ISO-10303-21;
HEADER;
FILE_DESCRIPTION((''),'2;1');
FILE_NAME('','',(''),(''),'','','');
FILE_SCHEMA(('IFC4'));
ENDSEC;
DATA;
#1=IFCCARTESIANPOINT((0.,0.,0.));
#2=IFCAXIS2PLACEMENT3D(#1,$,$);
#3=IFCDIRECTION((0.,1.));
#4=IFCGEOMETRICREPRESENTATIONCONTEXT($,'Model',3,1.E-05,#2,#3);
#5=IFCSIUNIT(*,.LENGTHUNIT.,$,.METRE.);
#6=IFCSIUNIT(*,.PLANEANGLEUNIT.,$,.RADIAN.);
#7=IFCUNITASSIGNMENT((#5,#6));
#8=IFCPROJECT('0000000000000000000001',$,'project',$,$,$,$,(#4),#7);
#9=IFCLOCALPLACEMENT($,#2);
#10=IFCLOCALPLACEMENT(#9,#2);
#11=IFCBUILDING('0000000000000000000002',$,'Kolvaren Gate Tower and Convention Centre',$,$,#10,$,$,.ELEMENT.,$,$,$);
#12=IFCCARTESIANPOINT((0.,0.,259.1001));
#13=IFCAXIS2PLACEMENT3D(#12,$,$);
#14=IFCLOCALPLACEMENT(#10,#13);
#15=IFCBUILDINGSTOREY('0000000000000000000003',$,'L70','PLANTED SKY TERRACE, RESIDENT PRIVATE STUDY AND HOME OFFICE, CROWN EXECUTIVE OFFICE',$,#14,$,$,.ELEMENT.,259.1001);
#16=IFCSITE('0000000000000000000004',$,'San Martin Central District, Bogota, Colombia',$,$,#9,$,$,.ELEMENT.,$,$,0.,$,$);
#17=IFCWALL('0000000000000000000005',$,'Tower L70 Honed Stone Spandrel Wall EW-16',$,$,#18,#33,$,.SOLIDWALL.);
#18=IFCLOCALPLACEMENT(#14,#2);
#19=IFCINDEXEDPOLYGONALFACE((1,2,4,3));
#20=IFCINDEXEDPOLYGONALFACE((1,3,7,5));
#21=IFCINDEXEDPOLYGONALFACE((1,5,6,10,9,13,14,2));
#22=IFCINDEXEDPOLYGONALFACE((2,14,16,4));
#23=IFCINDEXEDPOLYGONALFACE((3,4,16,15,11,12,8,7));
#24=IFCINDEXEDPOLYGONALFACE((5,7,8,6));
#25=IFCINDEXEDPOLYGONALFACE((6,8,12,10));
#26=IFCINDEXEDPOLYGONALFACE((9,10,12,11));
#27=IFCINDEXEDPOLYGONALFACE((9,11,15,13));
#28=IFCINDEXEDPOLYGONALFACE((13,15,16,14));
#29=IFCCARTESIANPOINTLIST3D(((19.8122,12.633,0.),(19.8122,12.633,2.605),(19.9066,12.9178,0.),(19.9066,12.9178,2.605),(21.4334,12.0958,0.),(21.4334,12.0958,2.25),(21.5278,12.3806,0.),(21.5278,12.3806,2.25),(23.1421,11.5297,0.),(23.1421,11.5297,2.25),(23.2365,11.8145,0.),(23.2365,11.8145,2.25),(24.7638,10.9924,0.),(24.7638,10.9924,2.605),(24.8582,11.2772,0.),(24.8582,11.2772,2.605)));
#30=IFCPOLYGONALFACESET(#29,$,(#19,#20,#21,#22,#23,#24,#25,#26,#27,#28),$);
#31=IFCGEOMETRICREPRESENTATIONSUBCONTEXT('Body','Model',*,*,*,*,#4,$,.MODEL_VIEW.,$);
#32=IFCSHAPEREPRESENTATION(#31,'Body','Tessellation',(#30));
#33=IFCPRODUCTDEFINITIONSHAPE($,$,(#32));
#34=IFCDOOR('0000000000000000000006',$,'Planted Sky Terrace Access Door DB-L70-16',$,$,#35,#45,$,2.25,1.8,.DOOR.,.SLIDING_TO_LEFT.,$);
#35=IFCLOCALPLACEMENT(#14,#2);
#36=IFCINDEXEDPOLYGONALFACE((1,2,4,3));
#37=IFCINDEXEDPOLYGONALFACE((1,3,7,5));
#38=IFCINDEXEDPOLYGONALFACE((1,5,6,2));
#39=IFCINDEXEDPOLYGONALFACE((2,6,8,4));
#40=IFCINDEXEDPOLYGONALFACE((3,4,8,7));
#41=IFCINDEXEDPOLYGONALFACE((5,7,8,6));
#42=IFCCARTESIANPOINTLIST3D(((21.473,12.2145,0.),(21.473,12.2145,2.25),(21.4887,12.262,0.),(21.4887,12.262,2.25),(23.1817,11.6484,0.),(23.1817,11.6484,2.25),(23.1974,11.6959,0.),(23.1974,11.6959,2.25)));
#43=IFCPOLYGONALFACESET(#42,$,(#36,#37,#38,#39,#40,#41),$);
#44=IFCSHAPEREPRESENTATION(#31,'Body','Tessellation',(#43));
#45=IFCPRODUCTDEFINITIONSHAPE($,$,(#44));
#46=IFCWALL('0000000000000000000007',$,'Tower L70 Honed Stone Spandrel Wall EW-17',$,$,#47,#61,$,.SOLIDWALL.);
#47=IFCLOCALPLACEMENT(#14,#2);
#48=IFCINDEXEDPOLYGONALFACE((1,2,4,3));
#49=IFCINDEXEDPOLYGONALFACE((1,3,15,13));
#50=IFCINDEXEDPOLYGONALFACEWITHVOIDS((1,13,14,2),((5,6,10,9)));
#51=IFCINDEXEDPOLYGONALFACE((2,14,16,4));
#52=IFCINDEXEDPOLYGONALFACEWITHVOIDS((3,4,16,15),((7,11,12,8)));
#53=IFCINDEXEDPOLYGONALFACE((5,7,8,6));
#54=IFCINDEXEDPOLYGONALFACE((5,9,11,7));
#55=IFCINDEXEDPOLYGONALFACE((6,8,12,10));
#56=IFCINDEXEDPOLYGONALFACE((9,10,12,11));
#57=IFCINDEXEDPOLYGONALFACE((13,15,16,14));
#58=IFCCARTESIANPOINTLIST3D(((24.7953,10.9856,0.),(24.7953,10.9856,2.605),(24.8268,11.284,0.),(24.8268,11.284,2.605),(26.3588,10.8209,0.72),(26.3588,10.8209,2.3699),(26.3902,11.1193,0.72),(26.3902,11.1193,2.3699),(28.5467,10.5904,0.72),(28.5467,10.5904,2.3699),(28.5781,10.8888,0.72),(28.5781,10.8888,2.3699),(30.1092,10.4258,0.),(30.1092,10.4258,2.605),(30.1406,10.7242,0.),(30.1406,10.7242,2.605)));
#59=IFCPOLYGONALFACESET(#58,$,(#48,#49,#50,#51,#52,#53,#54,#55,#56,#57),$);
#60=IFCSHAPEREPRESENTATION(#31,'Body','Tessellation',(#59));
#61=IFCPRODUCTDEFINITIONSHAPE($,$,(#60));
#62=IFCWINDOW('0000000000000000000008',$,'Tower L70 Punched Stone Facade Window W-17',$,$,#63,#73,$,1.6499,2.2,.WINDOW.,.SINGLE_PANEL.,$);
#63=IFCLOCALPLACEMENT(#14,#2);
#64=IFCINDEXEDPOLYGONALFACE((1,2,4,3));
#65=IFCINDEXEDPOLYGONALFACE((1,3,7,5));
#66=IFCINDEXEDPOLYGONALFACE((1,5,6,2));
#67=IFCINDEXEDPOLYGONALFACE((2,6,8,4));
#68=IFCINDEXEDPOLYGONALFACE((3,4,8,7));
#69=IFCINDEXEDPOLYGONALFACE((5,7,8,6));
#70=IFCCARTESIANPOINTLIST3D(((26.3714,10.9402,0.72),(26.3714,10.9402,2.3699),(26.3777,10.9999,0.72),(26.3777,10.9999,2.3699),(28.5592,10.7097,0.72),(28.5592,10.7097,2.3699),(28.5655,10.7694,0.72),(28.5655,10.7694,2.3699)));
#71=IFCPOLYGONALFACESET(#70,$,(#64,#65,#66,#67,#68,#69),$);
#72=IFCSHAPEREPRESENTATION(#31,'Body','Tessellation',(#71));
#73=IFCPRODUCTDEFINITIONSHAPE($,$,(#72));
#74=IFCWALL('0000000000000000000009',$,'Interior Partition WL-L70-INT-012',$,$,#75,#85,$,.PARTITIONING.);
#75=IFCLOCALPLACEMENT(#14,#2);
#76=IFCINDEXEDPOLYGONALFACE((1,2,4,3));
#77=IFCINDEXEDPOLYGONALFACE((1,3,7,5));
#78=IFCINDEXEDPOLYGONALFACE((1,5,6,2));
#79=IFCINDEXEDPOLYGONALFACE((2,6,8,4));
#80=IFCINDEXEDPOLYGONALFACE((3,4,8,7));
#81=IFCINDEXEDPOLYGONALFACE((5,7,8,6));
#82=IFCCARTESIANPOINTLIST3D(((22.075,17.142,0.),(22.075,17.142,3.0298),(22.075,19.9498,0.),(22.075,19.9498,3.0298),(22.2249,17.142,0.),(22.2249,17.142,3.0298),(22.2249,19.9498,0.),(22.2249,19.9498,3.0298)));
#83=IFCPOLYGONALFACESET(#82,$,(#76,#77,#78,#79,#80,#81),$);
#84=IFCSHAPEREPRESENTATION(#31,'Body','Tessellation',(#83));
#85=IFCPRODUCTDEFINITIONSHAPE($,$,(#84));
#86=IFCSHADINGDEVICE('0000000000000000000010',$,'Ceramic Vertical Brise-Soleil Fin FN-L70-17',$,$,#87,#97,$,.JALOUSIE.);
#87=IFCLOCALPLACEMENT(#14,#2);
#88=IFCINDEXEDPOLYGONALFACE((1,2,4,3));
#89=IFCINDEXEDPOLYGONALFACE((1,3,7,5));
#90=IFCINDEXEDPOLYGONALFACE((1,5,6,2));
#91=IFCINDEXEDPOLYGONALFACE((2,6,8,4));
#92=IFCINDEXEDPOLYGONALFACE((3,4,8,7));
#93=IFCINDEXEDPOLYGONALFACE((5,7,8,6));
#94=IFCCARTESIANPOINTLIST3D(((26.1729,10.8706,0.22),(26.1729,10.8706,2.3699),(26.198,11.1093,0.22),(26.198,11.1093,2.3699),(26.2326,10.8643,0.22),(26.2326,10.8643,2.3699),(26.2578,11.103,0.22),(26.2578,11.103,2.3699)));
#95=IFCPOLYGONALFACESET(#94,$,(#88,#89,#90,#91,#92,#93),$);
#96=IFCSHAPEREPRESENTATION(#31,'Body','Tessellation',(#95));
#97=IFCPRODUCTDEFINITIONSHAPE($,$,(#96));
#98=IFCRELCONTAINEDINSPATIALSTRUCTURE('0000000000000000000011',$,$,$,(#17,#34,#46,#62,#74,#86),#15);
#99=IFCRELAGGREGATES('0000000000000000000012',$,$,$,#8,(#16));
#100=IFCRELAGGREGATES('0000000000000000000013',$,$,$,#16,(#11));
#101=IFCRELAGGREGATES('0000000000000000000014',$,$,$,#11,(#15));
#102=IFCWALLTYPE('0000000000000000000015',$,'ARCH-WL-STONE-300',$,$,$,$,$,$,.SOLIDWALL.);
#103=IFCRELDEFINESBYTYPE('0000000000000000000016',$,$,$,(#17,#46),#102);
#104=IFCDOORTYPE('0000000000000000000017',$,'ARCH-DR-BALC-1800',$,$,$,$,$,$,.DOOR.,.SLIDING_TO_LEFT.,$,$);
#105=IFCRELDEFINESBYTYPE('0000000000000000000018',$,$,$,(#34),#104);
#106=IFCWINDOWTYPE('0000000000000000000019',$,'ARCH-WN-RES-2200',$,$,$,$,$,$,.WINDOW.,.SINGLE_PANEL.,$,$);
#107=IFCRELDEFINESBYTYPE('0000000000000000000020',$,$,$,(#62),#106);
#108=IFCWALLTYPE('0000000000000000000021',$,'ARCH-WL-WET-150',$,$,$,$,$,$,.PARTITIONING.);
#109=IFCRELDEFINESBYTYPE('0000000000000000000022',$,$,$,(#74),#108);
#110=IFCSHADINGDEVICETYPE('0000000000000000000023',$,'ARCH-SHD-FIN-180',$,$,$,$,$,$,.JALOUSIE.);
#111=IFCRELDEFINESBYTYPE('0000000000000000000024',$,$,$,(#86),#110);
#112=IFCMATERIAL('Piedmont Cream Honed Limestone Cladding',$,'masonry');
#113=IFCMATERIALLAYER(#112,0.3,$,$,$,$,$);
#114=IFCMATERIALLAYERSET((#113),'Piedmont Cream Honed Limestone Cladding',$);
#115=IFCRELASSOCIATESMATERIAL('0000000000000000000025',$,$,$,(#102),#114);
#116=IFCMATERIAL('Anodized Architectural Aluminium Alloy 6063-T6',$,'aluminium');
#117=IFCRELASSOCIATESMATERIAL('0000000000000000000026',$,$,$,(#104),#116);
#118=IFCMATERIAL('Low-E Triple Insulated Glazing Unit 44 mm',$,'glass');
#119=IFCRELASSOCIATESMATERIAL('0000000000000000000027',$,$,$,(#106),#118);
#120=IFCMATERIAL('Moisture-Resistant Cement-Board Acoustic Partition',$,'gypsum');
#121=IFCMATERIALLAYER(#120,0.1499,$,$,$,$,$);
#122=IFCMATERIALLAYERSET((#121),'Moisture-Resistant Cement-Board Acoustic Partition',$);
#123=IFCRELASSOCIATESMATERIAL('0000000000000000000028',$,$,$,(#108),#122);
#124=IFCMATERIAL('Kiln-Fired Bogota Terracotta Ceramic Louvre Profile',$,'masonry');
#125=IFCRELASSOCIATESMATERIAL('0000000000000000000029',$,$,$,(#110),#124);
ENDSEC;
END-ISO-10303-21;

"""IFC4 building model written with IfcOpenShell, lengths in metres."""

from ifc_helpers import new_model, si_unit, direction, frame, frame_2d, origin, origin_2d, place, context, subcontext, project, spatial, rectangle, extrude, material, layer, layer_set, type_object, element, fill, save


model = new_model("IFC4")

# Units and contexts
model_context = context("Model", 3, precision=1e-05, world=origin(), true_north=direction((0.0, 1.0)))
body_context = subcontext(model_context, "Body", "Model", "MODEL_VIEW")
ifc_project = project(units=[si_unit("LENGTHUNIT", "METRE"), si_unit("PLANEANGLEUNIT", "RADIAN")], contexts=[model_context])

# Site, building, storey
site_placement = place(None, origin())
site = spatial("IfcSite", under=ifc_project, at=site_placement, Name="San Martin Central District, Bogota, Colombia", CompositionType="ELEMENT", RefElevation=0.0)
building_placement = place(site_placement, origin())
building = spatial("IfcBuilding", under=site, at=building_placement, Name="Kolvaren Gate Tower and Convention Centre", CompositionType="ELEMENT")
storey_placement = place(building_placement, frame((0.0, 0.0, 259.1001)))
storey = spatial("IfcBuildingStorey", under=building, at=storey_placement, Name="L70", Description="PLANTED SKY TERRACE, RESIDENT PRIVATE STUDY AND HOME OFFICE, CROWN EXECUTIVE OFFICE", CompositionType="ELEMENT", Elevation=259.1001)

# Shared definitions
ifc_material_1 = material(Name="Piedmont Cream Honed Limestone Cladding", Category="masonry")

# Wall, opening, door
ifc_layer_1 = layer(ifc_material_1, 0.3)
ifc_layer_set_1 = layer_set([ifc_layer_1], Name="Piedmont Cream Honed Limestone Cladding")
wall_type_1 = type_object("IfcWallType", Name="ARCH-WL-STONE-300", PredefinedType="SOLIDWALL", material=ifc_layer_set_1)
wall_1_placement = place(storey_placement, frame((19.8594, 12.7754, 0.0), z_axis=(0.0, 0.0, 1.0), x_axis=(0.949253, -0.314514, 0.0)))
wall_1 = element("IfcWall", 1, at=wall_1_placement, inside=storey, type_object=wall_type_1, Name="Tower L70 Honed Stone Spandrel Wall EW-16", PredefinedType="SOLIDWALL", context=body_context, shape_type="SweptSolid", body=[
    extrude(rectangle(XDim=5.2163, YDim=0.3, at=frame_2d((2.6082, 0.0))), origin(), (0.0, 0.0, 1.0), 2.605),
])
opening_1_placement = place(wall_1_placement, frame((1.708, 0.0, 0.0)))
opening_1 = element("IfcOpeningElement", 2, at=opening_1_placement, cuts=wall_1, PredefinedType="OPENING", context=body_context, shape_type="SweptSolid", body=[
    extrude(rectangle(XDim=1.8, YDim=2.25, at=frame_2d((0.8999, 1.125))), frame((0.0, 0.1599, 0.0), z_axis=(0.0, -1.0, 0.0), x_axis=(1.0, 0.0, 0.0)), (0.0, 0.0, 1.0), 0.3201),
])
ifc_material_2 = material(Name="Anodized Architectural Aluminium Alloy 6063-T6", Category="aluminium")
door_type_1 = type_object("IfcDoorType", Name="ARCH-DR-BALC-1800", OperationType="SLIDING_TO_LEFT", PredefinedType="DOOR", material=ifc_material_2)
door_1_placement = place(opening_1_placement, frame((1.8, 0.0, 0.0), z_axis=(0.0, 0.0, 1.0), x_axis=(-1.0, 0.0, 0.0)))
door_1 = element("IfcDoor", 3, at=door_1_placement, inside=storey, type_object=door_type_1, Name="Planted Sky Terrace Access Door DB-L70-16", OperationType="SLIDING_TO_LEFT", OverallHeight=2.25, OverallWidth=1.8, PredefinedType="DOOR", context=body_context, shape_type="SweptSolid", body=[
    extrude(rectangle(XDim=1.8, YDim=2.25, at=frame_2d((0.8999, 1.125))), frame((0.0, 0.0249, 0.0), z_axis=(0.0, -1.0, 0.0), x_axis=(1.0, 0.0, 0.0)), (0.0, 0.0, 1.0), 0.05),
])
fill(opening_1, door_1)

# Wall, opening, window
wall_2_placement = place(storey_placement, frame((24.811, 11.1348, 0.0), z_axis=(0.0, 0.0, 1.0), x_axis=(0.994497, -0.104768, 0.0)))
wall_2 = element("IfcWall", 4, at=wall_2_placement, inside=storey, type_object=wall_type_1, Name="Tower L70 Honed Stone Spandrel Wall EW-17", PredefinedType="SOLIDWALL", context=body_context, shape_type="SweptSolid", body=[
    extrude(rectangle(XDim=5.3433, YDim=0.3, at=frame_2d((2.6716, 0.0))), origin(), (0.0, 0.0, 1.0), 2.605),
])
opening_2_placement = place(wall_2_placement, frame((1.572, 0.0, 0.72)))
opening_2 = element("IfcOpeningElement", 5, at=opening_2_placement, cuts=wall_2, PredefinedType="OPENING", context=body_context, shape_type="SweptSolid", body=[
    extrude(rectangle(XDim=2.2, YDim=1.6499, at=frame_2d((1.1001, 0.825))), frame((0.0, 0.1599, 0.0), z_axis=(0.0, -1.0, 0.0), x_axis=(1.0, 0.0, 0.0)), (0.0, 0.0, 1.0), 0.3201),
])
ifc_material_3 = material(Name="Low-E Triple Insulated Glazing Unit 44 mm", Category="glass")
window_type = type_object("IfcWindowType", Name="ARCH-WN-RES-2200", PartitioningType="SINGLE_PANEL", PredefinedType="WINDOW", material=ifc_material_3)
window_placement = place(opening_2_placement, origin())
window = element("IfcWindow", 6, at=window_placement, inside=storey, type_object=window_type, Name="Tower L70 Punched Stone Facade Window W-17", OverallHeight=1.6499, OverallWidth=2.2, PartitioningType="SINGLE_PANEL", PredefinedType="WINDOW", context=body_context, shape_type="SweptSolid", body=[
    extrude(rectangle(XDim=2.2, YDim=1.6499, at=frame_2d((1.1001, 0.825))), frame((0.0, 0.03, 0.0), z_axis=(0.0, -1.0, 0.0), x_axis=(1.0, 0.0, 0.0)), (0.0, 0.0, 1.0), 0.0601),
])
fill(opening_2, window)

# Wall
ifc_material_4 = material(Name="Moisture-Resistant Cement-Board Acoustic Partition", Category="gypsum")
ifc_layer_2 = layer(ifc_material_4, 0.1499)
ifc_layer_set_2 = layer_set([ifc_layer_2], Name="Moisture-Resistant Cement-Board Acoustic Partition")
wall_type_2 = type_object("IfcWallType", Name="ARCH-WL-WET-150", PredefinedType="PARTITIONING", material=ifc_layer_set_2)
wall_3_placement = place(storey_placement, frame((22.1499, 17.1421, 0.0), z_axis=(0.0, 0.0, 1.0), x_axis=(0.0, 1.0, 0.0)))
element("IfcWall", 7, at=wall_3_placement, inside=storey, type_object=wall_type_2, Name="Interior Partition WL-L70-INT-012", PredefinedType="PARTITIONING", context=body_context, shape_type="SweptSolid", body=[
    extrude(rectangle(XDim=2.8079, YDim=0.1499, at=frame_2d((1.4038, 0.0))), origin(), (0.0, 0.0, 1.0), 3.0298),
])

# Shading device
ifc_material_5 = material(Name="Kiln-Fired Bogota Terracotta Ceramic Louvre Profile", Category="masonry")
shading_device_type = type_object("IfcShadingDeviceType", Name="ARCH-SHD-FIN-180", PredefinedType="JALOUSIE", material=ifc_material_5)
shading_device_placement = place(storey_placement, frame((26.2153, 10.9868, 0.22), z_axis=(0.0, 0.0, 1.0), x_axis=(0.994499, -0.104749, 0.0)))
element("IfcShadingDevice", 8, at=shading_device_placement, inside=storey, type_object=shading_device_type, Name="Ceramic Vertical Brise-Soleil Fin FN-L70-17", PredefinedType="JALOUSIE", context=body_context, shape_type="SweptSolid", body=[
    extrude(rectangle(XDim=0.0601, YDim=0.24, at=origin_2d()), origin(), (0.0, 0.0, 1.0), 2.1499),
])

save(model, "model.ifc")
